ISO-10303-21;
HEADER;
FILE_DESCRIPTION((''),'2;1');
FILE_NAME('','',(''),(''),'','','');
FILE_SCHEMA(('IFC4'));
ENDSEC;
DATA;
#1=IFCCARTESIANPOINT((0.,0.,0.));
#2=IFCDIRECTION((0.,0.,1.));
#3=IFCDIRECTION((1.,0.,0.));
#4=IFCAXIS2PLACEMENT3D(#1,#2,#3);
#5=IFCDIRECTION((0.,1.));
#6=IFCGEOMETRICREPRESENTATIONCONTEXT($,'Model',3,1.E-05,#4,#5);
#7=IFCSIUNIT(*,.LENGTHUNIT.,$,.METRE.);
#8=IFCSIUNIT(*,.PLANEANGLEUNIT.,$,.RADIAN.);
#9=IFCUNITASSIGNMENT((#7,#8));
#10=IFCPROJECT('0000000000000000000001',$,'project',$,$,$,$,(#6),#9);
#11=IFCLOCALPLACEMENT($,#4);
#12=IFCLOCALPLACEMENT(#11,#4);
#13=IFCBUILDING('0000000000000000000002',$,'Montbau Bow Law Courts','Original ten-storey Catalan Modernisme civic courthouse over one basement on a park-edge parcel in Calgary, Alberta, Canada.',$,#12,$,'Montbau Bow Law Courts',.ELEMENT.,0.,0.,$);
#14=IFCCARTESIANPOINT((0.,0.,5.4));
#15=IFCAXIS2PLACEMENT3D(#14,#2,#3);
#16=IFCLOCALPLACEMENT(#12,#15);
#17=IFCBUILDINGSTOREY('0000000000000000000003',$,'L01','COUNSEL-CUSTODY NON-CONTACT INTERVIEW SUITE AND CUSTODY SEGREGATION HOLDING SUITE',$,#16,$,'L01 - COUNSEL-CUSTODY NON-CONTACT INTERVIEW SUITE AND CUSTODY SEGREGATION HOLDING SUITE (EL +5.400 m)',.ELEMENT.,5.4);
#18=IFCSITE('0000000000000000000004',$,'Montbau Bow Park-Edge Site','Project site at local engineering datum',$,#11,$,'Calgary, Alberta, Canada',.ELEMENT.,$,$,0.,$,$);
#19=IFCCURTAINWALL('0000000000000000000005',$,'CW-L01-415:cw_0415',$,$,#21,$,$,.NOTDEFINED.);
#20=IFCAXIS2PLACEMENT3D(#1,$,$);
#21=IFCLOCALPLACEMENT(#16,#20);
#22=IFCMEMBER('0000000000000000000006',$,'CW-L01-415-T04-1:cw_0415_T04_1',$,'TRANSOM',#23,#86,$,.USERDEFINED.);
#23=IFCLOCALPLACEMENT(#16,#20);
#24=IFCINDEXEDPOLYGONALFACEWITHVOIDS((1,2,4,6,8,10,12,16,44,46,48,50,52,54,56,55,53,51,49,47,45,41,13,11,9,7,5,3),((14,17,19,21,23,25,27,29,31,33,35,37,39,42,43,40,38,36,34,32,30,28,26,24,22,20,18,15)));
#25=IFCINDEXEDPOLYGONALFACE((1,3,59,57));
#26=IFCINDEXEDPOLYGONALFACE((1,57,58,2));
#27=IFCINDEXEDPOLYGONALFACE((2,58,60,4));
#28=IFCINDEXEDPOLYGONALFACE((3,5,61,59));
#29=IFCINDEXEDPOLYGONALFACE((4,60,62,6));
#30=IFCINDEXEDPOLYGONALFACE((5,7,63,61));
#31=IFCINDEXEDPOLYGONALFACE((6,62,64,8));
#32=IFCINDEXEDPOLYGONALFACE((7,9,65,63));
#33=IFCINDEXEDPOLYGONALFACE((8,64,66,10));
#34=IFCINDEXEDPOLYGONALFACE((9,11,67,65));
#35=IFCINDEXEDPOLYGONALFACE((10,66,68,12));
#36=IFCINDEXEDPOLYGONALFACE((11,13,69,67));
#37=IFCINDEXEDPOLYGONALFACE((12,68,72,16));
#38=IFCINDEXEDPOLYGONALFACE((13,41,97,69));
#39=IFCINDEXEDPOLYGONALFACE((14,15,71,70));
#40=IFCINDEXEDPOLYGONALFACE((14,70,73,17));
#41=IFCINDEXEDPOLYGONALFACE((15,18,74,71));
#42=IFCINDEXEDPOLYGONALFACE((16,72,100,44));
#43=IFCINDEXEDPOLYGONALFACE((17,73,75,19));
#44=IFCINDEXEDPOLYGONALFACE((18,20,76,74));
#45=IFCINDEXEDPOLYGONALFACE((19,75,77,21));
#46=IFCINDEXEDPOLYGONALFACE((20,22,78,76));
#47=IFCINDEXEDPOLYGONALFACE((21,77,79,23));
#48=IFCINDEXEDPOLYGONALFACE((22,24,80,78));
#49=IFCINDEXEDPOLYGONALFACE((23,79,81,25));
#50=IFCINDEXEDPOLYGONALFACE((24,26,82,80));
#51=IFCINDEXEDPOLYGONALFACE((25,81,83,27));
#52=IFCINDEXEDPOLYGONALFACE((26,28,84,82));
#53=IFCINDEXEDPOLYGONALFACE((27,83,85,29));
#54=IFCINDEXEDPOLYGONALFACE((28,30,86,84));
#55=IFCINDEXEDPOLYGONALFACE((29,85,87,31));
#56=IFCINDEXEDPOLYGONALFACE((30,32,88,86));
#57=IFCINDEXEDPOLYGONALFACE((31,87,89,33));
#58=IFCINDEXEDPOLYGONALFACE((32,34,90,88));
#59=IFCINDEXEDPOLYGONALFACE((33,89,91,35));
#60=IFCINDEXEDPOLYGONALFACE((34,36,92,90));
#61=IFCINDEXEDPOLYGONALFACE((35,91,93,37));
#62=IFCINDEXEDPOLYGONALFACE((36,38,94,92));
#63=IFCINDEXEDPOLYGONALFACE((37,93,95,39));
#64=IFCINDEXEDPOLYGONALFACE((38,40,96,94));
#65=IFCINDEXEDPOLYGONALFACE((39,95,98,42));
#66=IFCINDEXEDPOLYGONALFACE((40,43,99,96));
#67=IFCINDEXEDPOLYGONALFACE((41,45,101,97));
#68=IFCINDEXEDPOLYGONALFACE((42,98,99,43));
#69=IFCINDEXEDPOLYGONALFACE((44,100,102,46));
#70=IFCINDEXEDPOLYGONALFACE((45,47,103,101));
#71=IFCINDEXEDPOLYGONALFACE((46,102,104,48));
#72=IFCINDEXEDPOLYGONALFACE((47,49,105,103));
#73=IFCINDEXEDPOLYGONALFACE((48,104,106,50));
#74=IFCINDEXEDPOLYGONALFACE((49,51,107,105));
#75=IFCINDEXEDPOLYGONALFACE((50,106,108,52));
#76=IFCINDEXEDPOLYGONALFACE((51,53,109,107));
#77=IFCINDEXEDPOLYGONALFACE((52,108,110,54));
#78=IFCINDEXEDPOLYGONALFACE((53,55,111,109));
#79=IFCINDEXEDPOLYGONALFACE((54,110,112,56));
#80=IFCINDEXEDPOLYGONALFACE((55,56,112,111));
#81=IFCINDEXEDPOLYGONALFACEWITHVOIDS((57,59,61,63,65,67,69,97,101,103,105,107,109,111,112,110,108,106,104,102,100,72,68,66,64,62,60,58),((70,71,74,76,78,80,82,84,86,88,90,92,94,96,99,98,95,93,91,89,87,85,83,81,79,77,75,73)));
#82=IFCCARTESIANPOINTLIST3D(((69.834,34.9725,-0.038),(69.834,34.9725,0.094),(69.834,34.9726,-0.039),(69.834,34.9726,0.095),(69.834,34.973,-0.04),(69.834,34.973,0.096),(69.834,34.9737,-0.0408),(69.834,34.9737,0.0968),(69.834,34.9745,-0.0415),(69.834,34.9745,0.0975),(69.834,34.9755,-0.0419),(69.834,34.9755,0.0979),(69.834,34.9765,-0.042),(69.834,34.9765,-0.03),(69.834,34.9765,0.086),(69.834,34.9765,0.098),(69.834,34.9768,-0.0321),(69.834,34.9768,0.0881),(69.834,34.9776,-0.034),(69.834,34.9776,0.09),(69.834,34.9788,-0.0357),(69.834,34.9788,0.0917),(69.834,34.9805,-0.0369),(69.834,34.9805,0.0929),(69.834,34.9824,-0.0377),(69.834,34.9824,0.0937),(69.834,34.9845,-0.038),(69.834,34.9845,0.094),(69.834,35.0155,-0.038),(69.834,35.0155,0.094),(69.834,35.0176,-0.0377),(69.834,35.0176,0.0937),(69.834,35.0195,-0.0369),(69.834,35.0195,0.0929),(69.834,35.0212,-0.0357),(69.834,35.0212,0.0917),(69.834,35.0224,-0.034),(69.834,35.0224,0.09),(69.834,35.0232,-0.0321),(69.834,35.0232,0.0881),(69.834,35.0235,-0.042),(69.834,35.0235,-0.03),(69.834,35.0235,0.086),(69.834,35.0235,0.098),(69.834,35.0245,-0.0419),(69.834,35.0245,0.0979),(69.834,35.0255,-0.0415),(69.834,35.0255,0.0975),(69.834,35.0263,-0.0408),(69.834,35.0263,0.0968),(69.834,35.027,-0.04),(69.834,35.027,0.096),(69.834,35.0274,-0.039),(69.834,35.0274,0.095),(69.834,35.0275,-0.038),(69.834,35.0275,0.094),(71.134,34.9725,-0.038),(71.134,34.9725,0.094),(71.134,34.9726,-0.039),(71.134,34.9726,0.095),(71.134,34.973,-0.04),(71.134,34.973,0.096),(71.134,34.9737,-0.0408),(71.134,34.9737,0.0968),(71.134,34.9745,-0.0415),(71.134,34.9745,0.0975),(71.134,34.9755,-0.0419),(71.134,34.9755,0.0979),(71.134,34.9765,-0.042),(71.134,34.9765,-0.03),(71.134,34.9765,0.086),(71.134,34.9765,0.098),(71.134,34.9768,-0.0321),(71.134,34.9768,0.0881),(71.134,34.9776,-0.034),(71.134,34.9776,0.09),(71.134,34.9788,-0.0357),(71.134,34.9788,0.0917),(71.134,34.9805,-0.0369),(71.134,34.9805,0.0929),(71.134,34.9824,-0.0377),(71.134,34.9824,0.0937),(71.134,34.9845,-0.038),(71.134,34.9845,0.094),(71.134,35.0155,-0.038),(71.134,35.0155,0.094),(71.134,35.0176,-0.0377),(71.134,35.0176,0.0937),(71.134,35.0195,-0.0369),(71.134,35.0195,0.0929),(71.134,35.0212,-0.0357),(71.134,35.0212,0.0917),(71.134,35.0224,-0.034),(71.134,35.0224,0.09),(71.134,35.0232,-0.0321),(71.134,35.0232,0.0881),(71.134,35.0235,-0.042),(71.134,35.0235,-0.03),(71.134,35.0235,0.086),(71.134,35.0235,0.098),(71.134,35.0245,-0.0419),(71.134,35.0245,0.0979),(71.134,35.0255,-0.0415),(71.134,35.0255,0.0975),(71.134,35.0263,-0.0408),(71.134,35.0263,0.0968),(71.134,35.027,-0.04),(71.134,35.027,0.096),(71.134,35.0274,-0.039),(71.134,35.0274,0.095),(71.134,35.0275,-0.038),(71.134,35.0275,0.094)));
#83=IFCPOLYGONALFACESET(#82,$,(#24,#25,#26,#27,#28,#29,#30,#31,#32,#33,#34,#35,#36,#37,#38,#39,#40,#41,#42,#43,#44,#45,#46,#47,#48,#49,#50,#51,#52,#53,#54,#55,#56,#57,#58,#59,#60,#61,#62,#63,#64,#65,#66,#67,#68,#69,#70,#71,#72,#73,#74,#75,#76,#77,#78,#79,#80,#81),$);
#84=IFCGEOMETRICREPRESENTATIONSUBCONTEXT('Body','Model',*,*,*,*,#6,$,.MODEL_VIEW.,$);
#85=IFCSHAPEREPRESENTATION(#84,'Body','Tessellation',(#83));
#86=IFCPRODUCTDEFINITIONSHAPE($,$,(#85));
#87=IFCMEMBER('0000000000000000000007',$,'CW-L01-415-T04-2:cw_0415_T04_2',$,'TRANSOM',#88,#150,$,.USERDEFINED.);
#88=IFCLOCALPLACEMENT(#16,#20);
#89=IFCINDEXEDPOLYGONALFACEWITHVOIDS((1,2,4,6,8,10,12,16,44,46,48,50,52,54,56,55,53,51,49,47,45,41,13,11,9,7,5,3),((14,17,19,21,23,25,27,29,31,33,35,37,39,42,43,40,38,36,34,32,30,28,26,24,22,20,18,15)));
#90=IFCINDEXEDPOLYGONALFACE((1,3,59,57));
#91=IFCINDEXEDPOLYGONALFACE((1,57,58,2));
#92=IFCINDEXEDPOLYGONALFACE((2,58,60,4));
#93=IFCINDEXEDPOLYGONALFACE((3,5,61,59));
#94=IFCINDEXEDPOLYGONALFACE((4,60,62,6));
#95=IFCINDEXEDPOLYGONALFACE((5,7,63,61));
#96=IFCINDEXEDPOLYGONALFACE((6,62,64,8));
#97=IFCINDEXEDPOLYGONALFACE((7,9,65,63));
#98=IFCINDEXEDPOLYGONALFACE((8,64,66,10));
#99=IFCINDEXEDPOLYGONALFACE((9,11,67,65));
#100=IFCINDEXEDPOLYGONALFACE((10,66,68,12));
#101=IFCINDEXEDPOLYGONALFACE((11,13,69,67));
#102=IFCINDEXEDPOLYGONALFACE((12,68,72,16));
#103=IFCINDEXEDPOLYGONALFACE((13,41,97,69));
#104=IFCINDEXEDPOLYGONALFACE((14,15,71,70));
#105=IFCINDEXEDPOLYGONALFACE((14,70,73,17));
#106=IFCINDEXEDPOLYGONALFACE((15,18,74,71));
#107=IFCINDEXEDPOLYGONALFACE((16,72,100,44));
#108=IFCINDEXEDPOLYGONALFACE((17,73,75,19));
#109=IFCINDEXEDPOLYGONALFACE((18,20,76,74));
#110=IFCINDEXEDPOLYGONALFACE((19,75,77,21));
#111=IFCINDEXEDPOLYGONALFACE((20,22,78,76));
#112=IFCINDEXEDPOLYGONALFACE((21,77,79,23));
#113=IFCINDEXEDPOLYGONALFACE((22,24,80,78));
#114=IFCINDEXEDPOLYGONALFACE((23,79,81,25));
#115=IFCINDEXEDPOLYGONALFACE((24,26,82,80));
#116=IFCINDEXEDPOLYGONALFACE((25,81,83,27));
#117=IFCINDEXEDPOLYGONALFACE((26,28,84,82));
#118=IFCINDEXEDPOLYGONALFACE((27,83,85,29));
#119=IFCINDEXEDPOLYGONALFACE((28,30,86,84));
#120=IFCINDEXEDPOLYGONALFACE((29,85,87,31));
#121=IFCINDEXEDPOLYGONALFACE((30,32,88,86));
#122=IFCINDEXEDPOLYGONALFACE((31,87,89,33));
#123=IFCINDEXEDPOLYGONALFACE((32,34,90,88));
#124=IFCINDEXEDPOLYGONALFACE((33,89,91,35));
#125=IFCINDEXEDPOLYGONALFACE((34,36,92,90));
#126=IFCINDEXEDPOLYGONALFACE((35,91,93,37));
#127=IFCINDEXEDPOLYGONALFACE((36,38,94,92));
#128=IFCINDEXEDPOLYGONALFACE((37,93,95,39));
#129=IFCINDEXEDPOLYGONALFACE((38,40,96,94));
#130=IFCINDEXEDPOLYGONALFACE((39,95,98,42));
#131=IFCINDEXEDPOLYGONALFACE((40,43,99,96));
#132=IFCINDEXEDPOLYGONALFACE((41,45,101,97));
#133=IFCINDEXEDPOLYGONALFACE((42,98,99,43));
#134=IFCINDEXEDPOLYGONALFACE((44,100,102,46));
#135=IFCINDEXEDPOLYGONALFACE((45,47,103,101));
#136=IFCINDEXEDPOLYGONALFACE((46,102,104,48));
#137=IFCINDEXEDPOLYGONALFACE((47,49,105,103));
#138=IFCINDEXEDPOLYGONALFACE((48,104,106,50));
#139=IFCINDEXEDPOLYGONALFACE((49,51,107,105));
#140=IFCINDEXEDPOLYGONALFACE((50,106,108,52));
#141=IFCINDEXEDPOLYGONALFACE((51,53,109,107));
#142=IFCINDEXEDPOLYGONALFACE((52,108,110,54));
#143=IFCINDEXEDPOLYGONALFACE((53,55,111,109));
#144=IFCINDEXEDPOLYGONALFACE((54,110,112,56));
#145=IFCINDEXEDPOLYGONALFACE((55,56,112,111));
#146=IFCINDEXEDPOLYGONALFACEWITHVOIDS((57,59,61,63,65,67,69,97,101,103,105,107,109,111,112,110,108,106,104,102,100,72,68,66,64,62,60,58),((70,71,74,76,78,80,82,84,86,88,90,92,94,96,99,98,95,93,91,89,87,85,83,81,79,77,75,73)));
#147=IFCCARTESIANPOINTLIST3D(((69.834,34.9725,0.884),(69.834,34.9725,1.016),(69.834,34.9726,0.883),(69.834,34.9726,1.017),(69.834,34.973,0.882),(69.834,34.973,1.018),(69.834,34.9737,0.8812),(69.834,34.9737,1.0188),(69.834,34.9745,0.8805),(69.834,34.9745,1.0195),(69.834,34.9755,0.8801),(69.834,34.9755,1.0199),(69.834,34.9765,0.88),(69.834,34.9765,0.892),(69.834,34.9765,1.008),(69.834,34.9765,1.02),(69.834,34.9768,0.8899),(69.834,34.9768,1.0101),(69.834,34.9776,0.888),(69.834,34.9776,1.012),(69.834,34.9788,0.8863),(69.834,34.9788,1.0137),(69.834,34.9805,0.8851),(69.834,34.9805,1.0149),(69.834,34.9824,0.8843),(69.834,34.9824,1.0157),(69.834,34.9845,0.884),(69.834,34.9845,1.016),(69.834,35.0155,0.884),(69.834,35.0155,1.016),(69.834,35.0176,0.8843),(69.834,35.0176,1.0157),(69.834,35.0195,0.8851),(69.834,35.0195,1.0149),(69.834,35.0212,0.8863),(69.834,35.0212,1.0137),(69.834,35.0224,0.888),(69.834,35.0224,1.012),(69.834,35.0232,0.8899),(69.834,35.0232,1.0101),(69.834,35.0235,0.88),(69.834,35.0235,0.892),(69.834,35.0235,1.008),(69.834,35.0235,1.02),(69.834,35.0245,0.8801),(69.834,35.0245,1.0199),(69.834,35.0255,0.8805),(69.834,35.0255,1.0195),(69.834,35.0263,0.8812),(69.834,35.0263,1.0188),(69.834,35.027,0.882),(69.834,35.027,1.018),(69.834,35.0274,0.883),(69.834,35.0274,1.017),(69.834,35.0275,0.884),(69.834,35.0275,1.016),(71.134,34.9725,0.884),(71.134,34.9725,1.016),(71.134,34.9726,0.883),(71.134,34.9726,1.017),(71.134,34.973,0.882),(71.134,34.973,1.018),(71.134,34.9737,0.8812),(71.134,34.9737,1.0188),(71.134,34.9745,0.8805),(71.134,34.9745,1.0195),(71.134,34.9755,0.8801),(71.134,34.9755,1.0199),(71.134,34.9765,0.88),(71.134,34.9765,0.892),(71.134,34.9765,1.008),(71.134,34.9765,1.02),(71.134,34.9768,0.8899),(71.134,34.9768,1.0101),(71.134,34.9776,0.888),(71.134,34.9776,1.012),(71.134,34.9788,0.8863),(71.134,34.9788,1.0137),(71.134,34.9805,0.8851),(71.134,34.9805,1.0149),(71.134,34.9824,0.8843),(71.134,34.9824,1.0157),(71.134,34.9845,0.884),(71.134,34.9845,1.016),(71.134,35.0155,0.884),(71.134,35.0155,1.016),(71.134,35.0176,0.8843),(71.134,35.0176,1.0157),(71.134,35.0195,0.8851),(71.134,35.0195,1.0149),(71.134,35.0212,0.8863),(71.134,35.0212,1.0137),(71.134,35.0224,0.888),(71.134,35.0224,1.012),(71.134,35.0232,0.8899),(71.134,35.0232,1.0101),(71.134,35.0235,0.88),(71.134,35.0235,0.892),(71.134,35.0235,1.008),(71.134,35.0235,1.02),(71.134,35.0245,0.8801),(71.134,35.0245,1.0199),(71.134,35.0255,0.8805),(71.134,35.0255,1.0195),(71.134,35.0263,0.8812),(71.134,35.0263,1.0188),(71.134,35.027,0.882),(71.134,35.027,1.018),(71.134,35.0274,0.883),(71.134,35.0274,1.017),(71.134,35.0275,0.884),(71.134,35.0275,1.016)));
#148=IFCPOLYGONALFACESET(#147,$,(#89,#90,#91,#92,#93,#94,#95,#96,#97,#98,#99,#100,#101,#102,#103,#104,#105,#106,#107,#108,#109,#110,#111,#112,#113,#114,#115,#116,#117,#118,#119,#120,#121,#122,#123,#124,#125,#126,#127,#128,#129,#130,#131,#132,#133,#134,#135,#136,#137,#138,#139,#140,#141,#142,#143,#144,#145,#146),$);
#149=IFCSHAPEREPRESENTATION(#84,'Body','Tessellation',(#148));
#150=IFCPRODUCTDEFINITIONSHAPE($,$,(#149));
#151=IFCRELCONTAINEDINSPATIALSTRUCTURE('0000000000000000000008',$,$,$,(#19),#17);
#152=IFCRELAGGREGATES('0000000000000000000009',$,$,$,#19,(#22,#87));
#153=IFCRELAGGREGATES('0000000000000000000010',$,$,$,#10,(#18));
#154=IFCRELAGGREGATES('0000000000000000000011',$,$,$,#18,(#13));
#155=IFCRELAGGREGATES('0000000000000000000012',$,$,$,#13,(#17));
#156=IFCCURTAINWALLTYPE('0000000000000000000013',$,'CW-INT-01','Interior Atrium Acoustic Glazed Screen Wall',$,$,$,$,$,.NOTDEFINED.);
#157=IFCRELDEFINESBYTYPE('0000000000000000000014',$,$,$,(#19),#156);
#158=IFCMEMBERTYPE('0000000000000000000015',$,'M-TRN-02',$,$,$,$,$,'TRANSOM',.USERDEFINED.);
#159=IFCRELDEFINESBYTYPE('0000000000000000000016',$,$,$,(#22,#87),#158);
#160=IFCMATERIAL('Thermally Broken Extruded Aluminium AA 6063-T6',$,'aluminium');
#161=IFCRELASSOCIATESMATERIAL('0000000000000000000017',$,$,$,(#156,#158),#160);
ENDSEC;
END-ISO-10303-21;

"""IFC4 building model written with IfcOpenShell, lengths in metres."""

from ifc_helpers import new_model, si_unit, direction, frame, origin_with_axes, origin_2d_with_axis, place, context, subcontext, project, spatial, hollow_rectangle, extrude, material, material_profile, profile_set, type_object, element, aggregate, save


model = new_model("IFC4")

# Units and contexts
model_context = context("Model", 3, precision=1e-05, world=origin_with_axes(), true_north=direction((0.0, 1.0)))
body_context = subcontext(model_context, "Body", "Model", "MODEL_VIEW")
ifc_project = project(units=[si_unit("LENGTHUNIT", "METRE"), si_unit("PLANEANGLEUNIT", "RADIAN")], contexts=[model_context])

# Site, building, storey
site_placement = place(None, origin_with_axes())
site = spatial("IfcSite", under=ifc_project, at=site_placement, Name="Montbau Bow Park-Edge Site", Description="Project site at local engineering datum", LongName="Calgary, Alberta, Canada", CompositionType="ELEMENT", RefElevation=0.0)
building_placement = place(site_placement, origin_with_axes())
building = spatial("IfcBuilding", under=site, at=building_placement, Name="Montbau Bow Law Courts", Description="Original ten-storey Catalan Modernisme civic courthouse over one basement on a park-edge parcel in Calgary, Alberta, Canada.", LongName="Montbau Bow Law Courts", CompositionType="ELEMENT", ElevationOfRefHeight=0.0, ElevationOfTerrain=0.0)
storey_placement = place(building_placement, frame((0.0, 0.0, 5.4), z_axis=(0.0, 0.0, 1.0), x_axis=(1.0, 0.0, 0.0)))
storey = spatial("IfcBuildingStorey", under=building, at=storey_placement, Name="L01", Description="COUNSEL-CUSTODY NON-CONTACT INTERVIEW SUITE AND CUSTODY SEGREGATION HOLDING SUITE", LongName="L01 - COUNSEL-CUSTODY NON-CONTACT INTERVIEW SUITE AND CUSTODY SEGREGATION HOLDING SUITE (EL +5.400 m)", CompositionType="ELEMENT", Elevation=5.4)

# Curtain wall
ifc_material_1 = material(Name="Thermally Broken Extruded Aluminium AA 6063-T6", Category="aluminium")
curtain_wall_type_1 = type_object("IfcCurtainWallType", Name="CW-INT-01", Description="Interior Atrium Acoustic Glazed Screen Wall", PredefinedType="NOTDEFINED", material=ifc_material_1)
curtain_wall_1_placement = place(None, frame((65.6, 35.0, 5.4), z_axis=(0.0, 0.0, 1.0), x_axis=(1.0, 0.0, 0.0)))
curtain_wall_1 = element("IfcCurtainWall", 1, at=curtain_wall_1_placement, inside=storey, type_object=curtain_wall_type_1, Name="CW-L01-415:cw_0415", PredefinedType="NOTDEFINED")
ifc_material_profile_1 = material_profile(ifc_material_1, hollow_rectangle(XDim=0.055, YDim=0.14, WallThickness=0.004, InnerFilletRadius=0.008, OuterFilletRadius=0.004, at=origin_2d_with_axis()), Name="CWT-140X55", Category="Main", Priority=0)
ifc_profile_set_1 = profile_set([ifc_material_profile_1], Name="Thermally Broken Extruded Aluminium AA 6063-T6")
member_type_1 = type_object("IfcMemberType", Name="M-TRN-02", ElementType="TRANSOM", PredefinedType="USERDEFINED", material=ifc_profile_set_1)

# Members
member_1_placement = place(None, frame((69.834, 35.0, 5.428), z_axis=(1.0, 0.0, 0.0), x_axis=(0.0, 1.0, 0.0)))
member_1 = element("IfcMember", 2, at=member_1_placement, type_object=member_type_1, Name="CW-L01-415-T04-1:cw_0415_T04_1", ObjectType="TRANSOM", PredefinedType="USERDEFINED", context=body_context, shape_type="SweptSolid", body=[
    extrude(hollow_rectangle(XDim=0.055, YDim=0.14, WallThickness=0.004, InnerFilletRadius=0.008, OuterFilletRadius=0.004, at=origin_2d_with_axis()), origin_with_axes(), (0.0, 0.0, 1.0), 1.3),
])
member_2_placement = place(None, frame((69.834, 35.0, 6.35), z_axis=(1.0, 0.0, 0.0), x_axis=(0.0, 1.0, 0.0)))
member_2 = element("IfcMember", 3, at=member_2_placement, type_object=member_type_1, Name="CW-L01-415-T04-2:cw_0415_T04_2", ObjectType="TRANSOM", PredefinedType="USERDEFINED", context=body_context, shape_type="SweptSolid", body=[
    extrude(hollow_rectangle(XDim=0.055, YDim=0.14, WallThickness=0.004, InnerFilletRadius=0.008, OuterFilletRadius=0.004, at=origin_2d_with_axis()), origin_with_axes(), (0.0, 0.0, 1.0), 1.3),
])

aggregate(curtain_wall_1, [member_1, member_2])

save(model, "model.ifc")
